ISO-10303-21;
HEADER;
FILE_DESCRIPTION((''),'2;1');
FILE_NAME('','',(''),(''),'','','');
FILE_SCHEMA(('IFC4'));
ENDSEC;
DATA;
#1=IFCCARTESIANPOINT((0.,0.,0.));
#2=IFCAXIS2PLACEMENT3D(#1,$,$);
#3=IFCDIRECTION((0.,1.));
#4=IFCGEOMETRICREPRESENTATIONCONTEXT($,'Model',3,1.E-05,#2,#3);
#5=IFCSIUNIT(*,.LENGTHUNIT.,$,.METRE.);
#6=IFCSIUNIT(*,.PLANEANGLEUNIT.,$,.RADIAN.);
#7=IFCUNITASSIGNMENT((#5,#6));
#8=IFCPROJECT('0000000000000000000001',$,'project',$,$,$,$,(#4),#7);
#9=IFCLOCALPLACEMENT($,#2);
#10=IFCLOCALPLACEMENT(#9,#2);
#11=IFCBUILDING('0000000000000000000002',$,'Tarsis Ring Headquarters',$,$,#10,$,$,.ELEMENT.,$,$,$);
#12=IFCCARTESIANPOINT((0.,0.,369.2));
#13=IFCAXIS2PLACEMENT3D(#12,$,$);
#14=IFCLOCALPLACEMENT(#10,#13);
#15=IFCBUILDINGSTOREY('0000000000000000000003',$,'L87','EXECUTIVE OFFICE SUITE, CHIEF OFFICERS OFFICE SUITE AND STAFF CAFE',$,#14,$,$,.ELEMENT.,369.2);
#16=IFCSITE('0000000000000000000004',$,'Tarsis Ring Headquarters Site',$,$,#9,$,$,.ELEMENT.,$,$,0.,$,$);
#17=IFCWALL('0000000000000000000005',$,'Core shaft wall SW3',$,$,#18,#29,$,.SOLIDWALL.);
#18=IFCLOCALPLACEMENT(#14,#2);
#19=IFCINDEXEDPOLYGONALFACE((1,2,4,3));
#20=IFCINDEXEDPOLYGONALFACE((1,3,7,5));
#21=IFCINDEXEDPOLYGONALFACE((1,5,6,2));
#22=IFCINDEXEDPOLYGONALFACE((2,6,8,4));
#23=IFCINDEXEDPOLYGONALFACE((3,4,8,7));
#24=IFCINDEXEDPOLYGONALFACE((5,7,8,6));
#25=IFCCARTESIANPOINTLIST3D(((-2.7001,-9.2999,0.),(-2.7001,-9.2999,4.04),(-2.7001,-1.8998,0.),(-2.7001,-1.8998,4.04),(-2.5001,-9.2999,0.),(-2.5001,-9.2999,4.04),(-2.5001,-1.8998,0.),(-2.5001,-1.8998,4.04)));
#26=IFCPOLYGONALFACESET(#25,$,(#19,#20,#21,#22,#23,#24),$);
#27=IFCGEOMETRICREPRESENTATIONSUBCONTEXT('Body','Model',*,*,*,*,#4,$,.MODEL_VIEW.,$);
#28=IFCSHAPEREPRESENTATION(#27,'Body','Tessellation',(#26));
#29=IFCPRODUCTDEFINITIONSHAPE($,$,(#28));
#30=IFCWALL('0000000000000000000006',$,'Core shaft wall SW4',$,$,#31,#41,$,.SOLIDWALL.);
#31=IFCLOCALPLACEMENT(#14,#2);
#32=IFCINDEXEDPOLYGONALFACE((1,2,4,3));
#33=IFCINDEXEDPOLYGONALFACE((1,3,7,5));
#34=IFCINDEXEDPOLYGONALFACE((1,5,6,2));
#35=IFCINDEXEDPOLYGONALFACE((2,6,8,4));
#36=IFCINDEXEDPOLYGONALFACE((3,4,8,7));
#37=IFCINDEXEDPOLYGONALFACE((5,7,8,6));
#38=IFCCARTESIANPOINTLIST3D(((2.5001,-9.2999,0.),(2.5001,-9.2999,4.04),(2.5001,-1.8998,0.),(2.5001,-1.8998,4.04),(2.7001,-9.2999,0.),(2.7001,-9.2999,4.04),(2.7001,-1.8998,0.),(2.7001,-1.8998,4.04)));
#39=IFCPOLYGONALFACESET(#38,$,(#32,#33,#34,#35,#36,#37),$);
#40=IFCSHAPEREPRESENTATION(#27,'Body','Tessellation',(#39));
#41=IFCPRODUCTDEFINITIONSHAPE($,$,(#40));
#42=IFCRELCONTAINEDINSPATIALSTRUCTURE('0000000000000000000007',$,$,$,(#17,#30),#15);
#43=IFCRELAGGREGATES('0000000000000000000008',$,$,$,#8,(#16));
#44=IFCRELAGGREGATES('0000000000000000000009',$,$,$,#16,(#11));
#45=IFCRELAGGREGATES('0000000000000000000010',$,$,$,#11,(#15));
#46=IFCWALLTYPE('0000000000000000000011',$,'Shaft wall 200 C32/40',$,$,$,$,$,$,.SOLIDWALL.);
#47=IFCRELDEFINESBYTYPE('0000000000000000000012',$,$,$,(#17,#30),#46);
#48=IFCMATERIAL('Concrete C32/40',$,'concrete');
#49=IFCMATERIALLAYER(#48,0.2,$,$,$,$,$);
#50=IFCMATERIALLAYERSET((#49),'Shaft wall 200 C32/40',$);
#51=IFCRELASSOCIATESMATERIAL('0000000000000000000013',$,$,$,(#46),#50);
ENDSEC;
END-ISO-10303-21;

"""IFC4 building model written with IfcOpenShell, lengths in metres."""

from ifc_helpers import new_model, si_unit, direction, frame, frame_2d, origin, place, context, subcontext, project, spatial, rectangle, extrude, material, layer, layer_set, type_object, element, save


model = new_model("IFC4")

# Units and contexts
model_context = context("Model", 3, precision=1e-05, world=origin(), true_north=direction((0.0, 1.0)))
body_context = subcontext(model_context, "Body", "Model", "MODEL_VIEW")
ifc_project = project(units=[si_unit("LENGTHUNIT", "METRE"), si_unit("PLANEANGLEUNIT", "RADIAN")], contexts=[model_context])

# Site, building, storey
site_placement = place(None, origin())
site = spatial("IfcSite", under=ifc_project, at=site_placement, Name="Tarsis Ring Headquarters Site", CompositionType="ELEMENT", RefElevation=0.0)
building_placement = place(site_placement, origin())
building = spatial("IfcBuilding", under=site, at=building_placement, Name="Tarsis Ring Headquarters", CompositionType="ELEMENT")
storey_placement = place(building_placement, frame((0.0, 0.0, 369.2)))
storey = spatial("IfcBuildingStorey", under=building, at=storey_placement, Name="L87", Description="EXECUTIVE OFFICE SUITE, CHIEF OFFICERS OFFICE SUITE AND STAFF CAFE", CompositionType="ELEMENT", Elevation=369.2)

# Shared definitions
ifc_material_1 = material(Name="Concrete C32/40", Category="concrete")
ifc_layer_1 = layer(ifc_material_1, 0.2)
ifc_layer_set_1 = layer_set([ifc_layer_1], Name="Shaft wall 200 C32/40")
wall_type_1 = type_object("IfcWallType", Name="Shaft wall 200 C32/40", PredefinedType="SOLIDWALL", material=ifc_layer_set_1)

# Walls
for number, where, z_axis, x_axis, name in (
    (1, (-2.6001, -9.3, 0.0), (0.0, 0.0, 1.0), (0.0, 1.0, 0.0), "Core shaft wall SW3"),
    (2, (2.6001, -9.3, 0.0), (0.0, 0.0, 1.0), (0.0, 1.0, 0.0), "Core shaft wall SW4"),
):
    element("IfcWall", number, at=place(storey_placement, frame(where, z_axis=z_axis, x_axis=x_axis)), inside=storey, type_object=wall_type_1, Name=name, PredefinedType="SOLIDWALL", context=body_context, shape_type="SweptSolid", body=[
        extrude(rectangle(XDim=7.4001, YDim=0.2, at=frame_2d((3.7002, 0.0))), origin(), (0.0, 0.0, 1.0), 4.04),
    ])

save(model, "model.ifc")
